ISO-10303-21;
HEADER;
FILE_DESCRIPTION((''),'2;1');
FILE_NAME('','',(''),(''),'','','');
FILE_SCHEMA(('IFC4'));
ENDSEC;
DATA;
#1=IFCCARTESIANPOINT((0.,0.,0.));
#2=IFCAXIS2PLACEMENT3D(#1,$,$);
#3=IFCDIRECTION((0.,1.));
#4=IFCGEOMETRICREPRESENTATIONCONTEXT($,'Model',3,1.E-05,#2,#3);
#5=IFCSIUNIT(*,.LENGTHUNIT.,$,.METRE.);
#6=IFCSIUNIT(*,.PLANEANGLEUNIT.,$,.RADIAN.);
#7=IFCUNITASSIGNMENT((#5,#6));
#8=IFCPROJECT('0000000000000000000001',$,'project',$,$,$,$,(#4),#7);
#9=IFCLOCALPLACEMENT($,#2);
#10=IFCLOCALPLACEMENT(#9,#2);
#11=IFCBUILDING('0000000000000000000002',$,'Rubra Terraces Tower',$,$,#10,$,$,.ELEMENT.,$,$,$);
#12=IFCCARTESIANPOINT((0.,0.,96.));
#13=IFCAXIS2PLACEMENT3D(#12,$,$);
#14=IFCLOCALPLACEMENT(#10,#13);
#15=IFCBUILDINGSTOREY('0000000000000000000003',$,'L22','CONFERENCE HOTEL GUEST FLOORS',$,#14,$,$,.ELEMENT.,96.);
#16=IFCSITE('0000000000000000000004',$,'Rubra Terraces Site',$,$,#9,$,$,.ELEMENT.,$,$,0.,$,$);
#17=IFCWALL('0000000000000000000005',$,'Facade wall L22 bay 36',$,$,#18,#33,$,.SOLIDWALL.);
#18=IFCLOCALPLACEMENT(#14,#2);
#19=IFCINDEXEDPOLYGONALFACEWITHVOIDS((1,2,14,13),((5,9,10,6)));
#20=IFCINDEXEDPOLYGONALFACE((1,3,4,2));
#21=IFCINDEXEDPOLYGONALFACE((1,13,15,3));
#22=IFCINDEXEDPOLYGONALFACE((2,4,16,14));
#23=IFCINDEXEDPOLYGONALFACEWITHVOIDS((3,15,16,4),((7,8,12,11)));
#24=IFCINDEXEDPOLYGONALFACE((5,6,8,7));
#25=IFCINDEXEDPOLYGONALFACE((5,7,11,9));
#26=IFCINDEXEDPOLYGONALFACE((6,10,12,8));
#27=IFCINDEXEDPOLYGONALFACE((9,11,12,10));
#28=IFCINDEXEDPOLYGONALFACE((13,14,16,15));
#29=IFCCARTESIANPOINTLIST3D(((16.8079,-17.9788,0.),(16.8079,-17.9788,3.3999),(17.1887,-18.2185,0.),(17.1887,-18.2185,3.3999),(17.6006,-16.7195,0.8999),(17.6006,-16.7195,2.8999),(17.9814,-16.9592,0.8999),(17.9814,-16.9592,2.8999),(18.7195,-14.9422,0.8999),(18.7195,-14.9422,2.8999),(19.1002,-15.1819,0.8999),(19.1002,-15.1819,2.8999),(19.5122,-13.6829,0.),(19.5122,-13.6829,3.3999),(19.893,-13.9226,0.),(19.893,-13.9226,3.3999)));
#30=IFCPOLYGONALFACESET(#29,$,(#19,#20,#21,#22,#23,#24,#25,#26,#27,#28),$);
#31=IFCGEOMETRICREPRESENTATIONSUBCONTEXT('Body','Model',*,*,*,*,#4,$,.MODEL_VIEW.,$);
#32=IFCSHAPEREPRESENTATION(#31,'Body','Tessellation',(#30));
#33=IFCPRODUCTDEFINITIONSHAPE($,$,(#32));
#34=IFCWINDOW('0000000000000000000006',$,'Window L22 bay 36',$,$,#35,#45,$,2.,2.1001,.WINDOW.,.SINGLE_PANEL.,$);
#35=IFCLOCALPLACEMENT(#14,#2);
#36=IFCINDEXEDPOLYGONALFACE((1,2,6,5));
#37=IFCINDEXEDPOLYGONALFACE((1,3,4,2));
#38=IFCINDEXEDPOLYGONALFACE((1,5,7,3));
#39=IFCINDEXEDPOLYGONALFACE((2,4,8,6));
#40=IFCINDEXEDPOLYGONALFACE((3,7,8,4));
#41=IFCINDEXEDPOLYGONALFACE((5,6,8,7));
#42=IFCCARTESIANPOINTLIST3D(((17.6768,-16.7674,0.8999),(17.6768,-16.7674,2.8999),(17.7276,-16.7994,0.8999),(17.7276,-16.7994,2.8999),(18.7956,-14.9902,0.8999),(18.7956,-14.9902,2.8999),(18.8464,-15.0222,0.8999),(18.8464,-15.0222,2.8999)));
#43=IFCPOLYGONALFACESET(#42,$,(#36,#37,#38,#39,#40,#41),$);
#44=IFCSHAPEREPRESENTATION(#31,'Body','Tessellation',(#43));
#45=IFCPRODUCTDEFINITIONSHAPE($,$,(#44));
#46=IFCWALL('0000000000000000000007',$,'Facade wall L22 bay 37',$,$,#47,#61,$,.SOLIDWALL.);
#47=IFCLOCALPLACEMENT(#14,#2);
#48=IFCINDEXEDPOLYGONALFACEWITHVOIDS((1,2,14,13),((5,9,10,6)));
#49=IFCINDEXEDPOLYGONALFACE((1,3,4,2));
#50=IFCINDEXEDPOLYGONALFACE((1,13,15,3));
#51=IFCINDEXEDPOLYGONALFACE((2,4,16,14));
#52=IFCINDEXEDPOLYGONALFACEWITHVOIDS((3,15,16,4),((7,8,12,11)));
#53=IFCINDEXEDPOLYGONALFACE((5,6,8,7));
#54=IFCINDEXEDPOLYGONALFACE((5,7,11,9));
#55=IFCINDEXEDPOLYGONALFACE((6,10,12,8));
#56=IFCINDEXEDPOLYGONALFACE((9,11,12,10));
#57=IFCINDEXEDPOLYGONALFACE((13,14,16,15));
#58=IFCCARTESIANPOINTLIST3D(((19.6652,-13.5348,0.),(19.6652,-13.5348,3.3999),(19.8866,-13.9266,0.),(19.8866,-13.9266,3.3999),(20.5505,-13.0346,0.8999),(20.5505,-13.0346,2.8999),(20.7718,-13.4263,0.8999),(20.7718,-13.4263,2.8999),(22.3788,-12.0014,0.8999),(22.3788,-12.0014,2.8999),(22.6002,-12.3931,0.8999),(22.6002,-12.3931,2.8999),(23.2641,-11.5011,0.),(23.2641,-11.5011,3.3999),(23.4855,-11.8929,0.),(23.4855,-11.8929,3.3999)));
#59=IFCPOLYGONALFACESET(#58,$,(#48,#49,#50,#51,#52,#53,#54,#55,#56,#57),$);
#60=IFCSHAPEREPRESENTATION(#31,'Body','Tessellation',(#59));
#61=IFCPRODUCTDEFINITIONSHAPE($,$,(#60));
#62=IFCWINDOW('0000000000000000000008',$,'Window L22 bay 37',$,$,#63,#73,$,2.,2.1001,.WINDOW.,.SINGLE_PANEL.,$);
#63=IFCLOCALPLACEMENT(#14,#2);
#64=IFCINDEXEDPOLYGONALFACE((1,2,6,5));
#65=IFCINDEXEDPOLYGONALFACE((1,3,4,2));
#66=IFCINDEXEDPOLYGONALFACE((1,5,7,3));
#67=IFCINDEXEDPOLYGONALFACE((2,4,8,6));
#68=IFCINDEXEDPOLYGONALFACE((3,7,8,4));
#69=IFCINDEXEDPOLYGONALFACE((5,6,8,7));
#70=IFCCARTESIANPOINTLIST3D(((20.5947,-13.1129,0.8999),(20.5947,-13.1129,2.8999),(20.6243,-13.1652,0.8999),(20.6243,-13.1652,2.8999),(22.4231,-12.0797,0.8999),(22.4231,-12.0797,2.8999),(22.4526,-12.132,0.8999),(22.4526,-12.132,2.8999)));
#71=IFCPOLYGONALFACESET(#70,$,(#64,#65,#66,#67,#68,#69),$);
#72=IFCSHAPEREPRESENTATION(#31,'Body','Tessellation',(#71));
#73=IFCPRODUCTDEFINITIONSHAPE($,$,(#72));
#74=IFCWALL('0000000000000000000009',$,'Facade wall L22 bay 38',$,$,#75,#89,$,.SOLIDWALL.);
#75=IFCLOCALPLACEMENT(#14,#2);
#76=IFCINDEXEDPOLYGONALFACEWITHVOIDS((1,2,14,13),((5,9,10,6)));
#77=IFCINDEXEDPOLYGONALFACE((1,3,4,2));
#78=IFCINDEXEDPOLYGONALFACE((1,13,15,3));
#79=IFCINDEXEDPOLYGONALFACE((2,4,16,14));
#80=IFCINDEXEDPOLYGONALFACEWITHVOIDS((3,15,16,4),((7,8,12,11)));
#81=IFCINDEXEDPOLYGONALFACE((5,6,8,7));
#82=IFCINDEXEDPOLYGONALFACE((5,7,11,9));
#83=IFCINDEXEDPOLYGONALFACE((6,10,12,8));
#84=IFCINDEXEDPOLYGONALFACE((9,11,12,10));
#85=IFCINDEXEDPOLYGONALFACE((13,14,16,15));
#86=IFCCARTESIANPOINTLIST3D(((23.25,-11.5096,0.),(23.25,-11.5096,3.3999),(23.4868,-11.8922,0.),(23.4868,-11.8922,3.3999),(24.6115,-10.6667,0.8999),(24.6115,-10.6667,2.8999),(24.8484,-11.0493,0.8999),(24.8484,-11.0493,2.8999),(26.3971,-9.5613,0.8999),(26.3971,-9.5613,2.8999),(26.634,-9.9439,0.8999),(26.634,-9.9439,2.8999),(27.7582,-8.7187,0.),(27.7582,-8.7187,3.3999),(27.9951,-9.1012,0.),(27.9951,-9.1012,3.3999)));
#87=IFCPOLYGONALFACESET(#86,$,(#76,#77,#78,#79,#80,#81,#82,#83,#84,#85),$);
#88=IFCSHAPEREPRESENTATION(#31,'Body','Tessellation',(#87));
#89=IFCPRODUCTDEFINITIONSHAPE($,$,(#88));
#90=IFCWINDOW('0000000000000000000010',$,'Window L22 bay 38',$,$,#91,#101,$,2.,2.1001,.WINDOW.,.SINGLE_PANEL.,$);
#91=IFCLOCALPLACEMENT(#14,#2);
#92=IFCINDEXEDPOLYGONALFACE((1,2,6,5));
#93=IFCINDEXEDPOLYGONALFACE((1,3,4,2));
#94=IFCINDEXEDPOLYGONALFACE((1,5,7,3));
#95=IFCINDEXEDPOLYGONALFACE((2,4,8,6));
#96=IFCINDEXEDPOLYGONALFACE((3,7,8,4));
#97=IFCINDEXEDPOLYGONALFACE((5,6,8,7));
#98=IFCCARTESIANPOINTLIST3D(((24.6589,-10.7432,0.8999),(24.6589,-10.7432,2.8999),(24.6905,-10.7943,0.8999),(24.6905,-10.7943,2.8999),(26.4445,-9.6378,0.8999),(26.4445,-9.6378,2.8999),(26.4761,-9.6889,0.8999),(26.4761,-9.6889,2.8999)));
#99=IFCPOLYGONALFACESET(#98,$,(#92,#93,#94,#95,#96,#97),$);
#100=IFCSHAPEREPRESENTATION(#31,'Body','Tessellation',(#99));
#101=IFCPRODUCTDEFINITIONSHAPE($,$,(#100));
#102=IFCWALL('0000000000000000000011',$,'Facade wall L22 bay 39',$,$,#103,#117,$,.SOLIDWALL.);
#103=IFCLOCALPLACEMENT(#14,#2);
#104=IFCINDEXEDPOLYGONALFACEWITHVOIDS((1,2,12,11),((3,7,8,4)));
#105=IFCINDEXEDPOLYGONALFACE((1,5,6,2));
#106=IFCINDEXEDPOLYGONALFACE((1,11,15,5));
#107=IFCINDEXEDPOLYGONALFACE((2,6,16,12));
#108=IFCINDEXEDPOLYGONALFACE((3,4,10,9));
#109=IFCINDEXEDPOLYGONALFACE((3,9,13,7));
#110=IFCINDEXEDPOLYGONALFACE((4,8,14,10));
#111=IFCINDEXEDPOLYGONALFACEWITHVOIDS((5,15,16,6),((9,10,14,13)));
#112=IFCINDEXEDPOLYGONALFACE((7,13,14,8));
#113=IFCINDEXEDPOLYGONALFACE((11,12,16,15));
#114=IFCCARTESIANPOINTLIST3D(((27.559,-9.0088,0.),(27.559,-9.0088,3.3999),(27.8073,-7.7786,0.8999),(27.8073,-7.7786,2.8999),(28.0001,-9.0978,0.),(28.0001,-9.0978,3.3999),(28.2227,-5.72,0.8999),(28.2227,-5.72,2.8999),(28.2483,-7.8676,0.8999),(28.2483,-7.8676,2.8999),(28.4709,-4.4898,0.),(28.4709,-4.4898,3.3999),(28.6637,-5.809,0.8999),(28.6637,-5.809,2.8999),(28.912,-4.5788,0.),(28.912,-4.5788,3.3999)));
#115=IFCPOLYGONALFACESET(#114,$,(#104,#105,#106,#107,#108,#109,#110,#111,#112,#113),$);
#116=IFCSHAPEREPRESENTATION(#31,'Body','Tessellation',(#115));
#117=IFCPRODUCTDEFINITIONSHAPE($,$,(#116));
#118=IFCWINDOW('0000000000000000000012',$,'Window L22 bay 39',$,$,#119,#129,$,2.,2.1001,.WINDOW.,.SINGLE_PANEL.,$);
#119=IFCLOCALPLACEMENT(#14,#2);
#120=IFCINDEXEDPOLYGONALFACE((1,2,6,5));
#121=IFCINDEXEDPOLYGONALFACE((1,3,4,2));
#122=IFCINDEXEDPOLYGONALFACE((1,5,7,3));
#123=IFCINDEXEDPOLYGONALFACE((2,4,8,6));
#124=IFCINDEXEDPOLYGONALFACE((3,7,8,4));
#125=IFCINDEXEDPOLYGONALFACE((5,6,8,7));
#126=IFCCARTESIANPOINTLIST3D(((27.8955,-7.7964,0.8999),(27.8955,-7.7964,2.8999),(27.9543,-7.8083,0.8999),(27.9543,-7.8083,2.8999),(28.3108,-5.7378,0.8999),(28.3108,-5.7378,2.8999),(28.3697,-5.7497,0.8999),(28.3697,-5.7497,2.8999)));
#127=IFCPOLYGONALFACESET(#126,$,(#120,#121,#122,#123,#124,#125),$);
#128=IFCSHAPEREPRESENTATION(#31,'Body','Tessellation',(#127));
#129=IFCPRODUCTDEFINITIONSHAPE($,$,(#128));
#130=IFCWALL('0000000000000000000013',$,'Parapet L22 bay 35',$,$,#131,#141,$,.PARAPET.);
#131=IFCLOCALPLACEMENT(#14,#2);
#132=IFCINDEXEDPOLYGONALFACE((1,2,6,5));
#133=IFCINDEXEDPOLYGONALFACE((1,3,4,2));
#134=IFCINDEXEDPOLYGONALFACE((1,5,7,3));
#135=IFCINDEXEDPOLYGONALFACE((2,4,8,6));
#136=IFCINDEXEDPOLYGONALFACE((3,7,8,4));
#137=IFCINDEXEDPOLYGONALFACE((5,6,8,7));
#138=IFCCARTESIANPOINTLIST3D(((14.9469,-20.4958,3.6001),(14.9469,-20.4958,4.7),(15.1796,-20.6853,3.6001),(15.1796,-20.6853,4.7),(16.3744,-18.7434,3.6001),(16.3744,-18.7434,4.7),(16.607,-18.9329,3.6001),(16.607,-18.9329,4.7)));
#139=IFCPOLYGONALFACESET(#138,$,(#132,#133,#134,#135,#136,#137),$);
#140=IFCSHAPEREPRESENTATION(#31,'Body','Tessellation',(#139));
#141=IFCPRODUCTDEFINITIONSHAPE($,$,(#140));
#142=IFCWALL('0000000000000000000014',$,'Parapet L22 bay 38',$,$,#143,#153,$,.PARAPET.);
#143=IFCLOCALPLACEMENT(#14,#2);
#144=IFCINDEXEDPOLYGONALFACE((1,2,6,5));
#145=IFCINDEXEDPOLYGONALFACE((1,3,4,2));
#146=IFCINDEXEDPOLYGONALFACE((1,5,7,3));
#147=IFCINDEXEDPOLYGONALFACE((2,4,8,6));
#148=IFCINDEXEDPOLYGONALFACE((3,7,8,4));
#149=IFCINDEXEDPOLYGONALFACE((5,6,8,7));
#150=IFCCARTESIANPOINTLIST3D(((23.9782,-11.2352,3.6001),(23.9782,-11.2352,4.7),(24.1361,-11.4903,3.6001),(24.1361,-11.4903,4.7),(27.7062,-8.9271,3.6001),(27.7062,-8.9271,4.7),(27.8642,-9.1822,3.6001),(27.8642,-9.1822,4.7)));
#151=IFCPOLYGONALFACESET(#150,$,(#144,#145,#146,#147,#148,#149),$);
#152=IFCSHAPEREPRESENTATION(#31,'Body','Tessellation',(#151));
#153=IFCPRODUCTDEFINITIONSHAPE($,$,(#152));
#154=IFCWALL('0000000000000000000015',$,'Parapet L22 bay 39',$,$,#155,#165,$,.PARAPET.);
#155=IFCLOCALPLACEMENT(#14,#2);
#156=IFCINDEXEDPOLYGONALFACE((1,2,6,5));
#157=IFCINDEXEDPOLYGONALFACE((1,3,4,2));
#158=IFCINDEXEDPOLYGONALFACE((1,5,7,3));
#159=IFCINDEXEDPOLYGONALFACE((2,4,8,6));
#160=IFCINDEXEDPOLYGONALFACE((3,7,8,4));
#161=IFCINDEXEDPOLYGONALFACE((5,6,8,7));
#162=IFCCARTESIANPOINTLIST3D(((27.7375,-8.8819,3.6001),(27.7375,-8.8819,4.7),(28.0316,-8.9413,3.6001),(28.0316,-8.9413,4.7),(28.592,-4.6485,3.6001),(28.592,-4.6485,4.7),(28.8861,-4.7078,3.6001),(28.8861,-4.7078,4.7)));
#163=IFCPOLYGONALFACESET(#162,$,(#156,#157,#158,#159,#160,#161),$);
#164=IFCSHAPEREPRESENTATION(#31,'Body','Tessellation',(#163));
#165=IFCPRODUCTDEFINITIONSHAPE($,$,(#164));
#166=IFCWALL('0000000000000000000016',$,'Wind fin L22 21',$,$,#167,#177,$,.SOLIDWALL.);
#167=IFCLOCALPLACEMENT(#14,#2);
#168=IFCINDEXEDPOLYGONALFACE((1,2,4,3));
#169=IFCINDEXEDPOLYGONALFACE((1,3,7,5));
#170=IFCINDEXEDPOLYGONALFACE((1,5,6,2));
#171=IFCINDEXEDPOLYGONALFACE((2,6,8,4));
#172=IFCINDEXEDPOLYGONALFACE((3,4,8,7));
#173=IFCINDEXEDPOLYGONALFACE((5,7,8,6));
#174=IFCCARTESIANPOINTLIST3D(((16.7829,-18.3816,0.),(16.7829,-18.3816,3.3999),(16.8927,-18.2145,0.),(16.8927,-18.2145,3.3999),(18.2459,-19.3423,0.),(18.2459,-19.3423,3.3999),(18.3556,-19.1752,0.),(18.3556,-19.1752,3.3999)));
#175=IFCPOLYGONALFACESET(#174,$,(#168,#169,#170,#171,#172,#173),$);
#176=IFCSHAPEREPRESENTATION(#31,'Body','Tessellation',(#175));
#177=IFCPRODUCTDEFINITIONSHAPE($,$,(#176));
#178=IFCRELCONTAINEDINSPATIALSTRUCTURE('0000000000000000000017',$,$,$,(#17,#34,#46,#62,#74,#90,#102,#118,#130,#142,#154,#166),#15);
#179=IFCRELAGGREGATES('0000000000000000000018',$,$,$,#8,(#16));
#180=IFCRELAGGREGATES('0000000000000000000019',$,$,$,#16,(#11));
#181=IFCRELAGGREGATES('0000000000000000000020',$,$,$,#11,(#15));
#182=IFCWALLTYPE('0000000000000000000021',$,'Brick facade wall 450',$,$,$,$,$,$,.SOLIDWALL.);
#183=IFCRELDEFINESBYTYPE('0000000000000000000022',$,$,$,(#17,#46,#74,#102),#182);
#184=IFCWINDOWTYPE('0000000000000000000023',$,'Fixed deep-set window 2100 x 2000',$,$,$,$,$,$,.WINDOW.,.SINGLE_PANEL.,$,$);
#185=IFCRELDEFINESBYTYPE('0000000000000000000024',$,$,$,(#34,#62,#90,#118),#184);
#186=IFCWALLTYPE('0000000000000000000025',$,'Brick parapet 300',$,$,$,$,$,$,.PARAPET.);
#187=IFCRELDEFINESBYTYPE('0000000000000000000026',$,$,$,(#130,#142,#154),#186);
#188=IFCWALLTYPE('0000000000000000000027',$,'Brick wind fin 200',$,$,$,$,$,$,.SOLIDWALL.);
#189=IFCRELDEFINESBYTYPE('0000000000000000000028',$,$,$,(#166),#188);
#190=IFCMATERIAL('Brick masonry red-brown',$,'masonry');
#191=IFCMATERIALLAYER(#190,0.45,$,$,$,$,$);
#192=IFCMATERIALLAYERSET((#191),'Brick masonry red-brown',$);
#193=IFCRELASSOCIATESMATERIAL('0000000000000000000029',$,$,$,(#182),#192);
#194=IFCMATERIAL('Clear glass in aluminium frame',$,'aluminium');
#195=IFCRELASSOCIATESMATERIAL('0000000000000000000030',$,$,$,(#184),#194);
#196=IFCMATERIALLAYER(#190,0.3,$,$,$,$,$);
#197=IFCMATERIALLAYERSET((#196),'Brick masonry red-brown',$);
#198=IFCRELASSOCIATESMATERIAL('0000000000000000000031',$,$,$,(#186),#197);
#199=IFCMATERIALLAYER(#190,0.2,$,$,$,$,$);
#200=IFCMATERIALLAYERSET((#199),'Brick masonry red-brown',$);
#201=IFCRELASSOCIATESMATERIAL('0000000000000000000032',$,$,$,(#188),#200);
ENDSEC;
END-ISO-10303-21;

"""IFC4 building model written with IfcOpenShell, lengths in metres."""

from ifc_helpers import new_model, si_unit, direction, frame, frame_2d, origin, place, context, subcontext, project, spatial, rectangle, extrude, material, layer, layer_set, type_object, element, fill, save


model = new_model("IFC4")

# Units and contexts
model_context = context("Model", 3, precision=1e-05, world=origin(), true_north=direction((0.0, 1.0)))
body_context = subcontext(model_context, "Body", "Model", "MODEL_VIEW")
ifc_project = project(units=[si_unit("LENGTHUNIT", "METRE"), si_unit("PLANEANGLEUNIT", "RADIAN")], contexts=[model_context])

# Site, building, storey
site_placement = place(None, origin())
site = spatial("IfcSite", under=ifc_project, at=site_placement, Name="Rubra Terraces Site", CompositionType="ELEMENT", RefElevation=0.0)
building_placement = place(site_placement, origin())
building = spatial("IfcBuilding", under=site, at=building_placement, Name="Rubra Terraces Tower", CompositionType="ELEMENT")
storey_placement = place(building_placement, frame((0.0, 0.0, 96.0)))
storey = spatial("IfcBuildingStorey", under=building, at=storey_placement, Name="L22", Description="CONFERENCE HOTEL GUEST FLOORS", CompositionType="ELEMENT", Elevation=96.0)

# Walls, openings, windows
ifc_material_1 = material(Name="Brick masonry red-brown", Category="masonry")
ifc_layer_1 = layer(ifc_material_1, 0.45)
ifc_layer_set_1 = layer_set([ifc_layer_1], Name="Brick masonry red-brown")
wall_type_1 = type_object("IfcWallType", Name="Brick facade wall 450", PredefinedType="SOLIDWALL", material=ifc_layer_set_1)
wall_1_placement = place(storey_placement, frame((16.9983, -18.0986, 0.0), z_axis=(0.0, 0.0, 1.0), x_axis=(0.532746, 0.846275, 0.0)))
wall_1 = element("IfcWall", 1, at=wall_1_placement, inside=storey, type_object=wall_type_1, Name="Facade wall L22 bay 36", PredefinedType="SOLIDWALL", context=body_context, shape_type="SweptSolid", body=[
    extrude(rectangle(XDim=5.0762, YDim=0.45, at=frame_2d((2.5381, 0.0))), origin(), (0.0, 0.0, 1.0), 3.3999),
])
opening_1_placement = place(wall_1_placement, frame((1.488, 0.0, 0.8999)))
opening_1 = element("IfcOpeningElement", 2, at=opening_1_placement, cuts=wall_1, PredefinedType="OPENING", context=body_context, shape_type="SweptSolid", body=[
    extrude(rectangle(XDim=2.1001, YDim=2.0, at=frame_2d((1.05, 1.0))), frame((0.0, 0.2349, 0.0), z_axis=(0.0, -1.0, 0.0), x_axis=(1.0, 0.0, 0.0)), (0.0, 0.0, 1.0), 0.47),
])
ifc_material_2 = material(Name="Clear glass in aluminium frame", Category="aluminium")
window_type = type_object("IfcWindowType", Name="Fixed deep-set window 2100 x 2000", PartitioningType="SINGLE_PANEL", PredefinedType="WINDOW", material=ifc_material_2)
window_1_placement = place(opening_1_placement, origin())
window_1 = element("IfcWindow", 3, at=window_1_placement, inside=storey, type_object=window_type, Name="Window L22 bay 36", OverallHeight=2.0, OverallWidth=2.1001, PartitioningType="SINGLE_PANEL", PredefinedType="WINDOW", context=body_context, shape_type="SweptSolid", body=[
    extrude(rectangle(XDim=2.1001, YDim=2.0, at=frame_2d((1.05, 1.0))), frame((0.0, 0.135, 0.0), z_axis=(0.0, -1.0, 0.0), x_axis=(1.0, 0.0, 0.0)), (0.0, 0.0, 1.0), 0.0601),
])
fill(opening_1, window_1)
wall_2_placement = place(storey_placement, frame((19.7759, -13.7307, 0.0), z_axis=(0.0, 0.0, 1.0), x_axis=(0.87061, 0.491974, 0.0)))
wall_2 = element("IfcWall", 4, at=wall_2_placement, inside=storey, type_object=wall_type_1, Name="Facade wall L22 bay 37", PredefinedType="SOLIDWALL", context=body_context, shape_type="SweptSolid", body=[
    extrude(rectangle(XDim=4.1338, YDim=0.45, at=frame_2d((2.0669, 0.0))), origin(), (0.0, 0.0, 1.0), 3.3999),
])
opening_2_placement = place(wall_2_placement, frame((1.0168, 0.0, 0.8999)))
opening_2 = element("IfcOpeningElement", 5, at=opening_2_placement, cuts=wall_2, PredefinedType="OPENING", context=body_context, shape_type="SweptSolid", body=[
    extrude(rectangle(XDim=2.1001, YDim=2.0, at=frame_2d((1.05, 1.0))), frame((0.0, 0.2349, 0.0), z_axis=(0.0, -1.0, 0.0), x_axis=(1.0, 0.0, 0.0)), (0.0, 0.0, 1.0), 0.47),
])
window_2_placement = place(opening_2_placement, origin())
window_2 = element("IfcWindow", 6, at=window_2_placement, inside=storey, type_object=window_type, Name="Window L22 bay 37", OverallHeight=2.0, OverallWidth=2.1001, PartitioningType="SINGLE_PANEL", PredefinedType="WINDOW", context=body_context, shape_type="SweptSolid", body=[
    extrude(rectangle(XDim=2.1001, YDim=2.0, at=frame_2d((1.05, 1.0))), frame((0.0, 0.135, 0.0), z_axis=(0.0, -1.0, 0.0), x_axis=(1.0, 0.0, 0.0)), (0.0, 0.0, 1.0), 0.0601),
])
fill(opening_2, window_2)
wall_3_placement = place(storey_placement, frame((23.3684, -11.7009, 0.0), z_axis=(0.0, 0.0, 1.0), x_axis=(0.850251, 0.526377, 0.0)))
wall_3 = element("IfcWall", 7, at=wall_3_placement, inside=storey, type_object=wall_type_1, Name="Facade wall L22 bay 38", PredefinedType="SOLIDWALL", context=body_context, shape_type="SweptSolid", body=[
    extrude(rectangle(XDim=5.3022, YDim=0.45, at=frame_2d((2.6511, 0.0))), origin(), (0.0, 0.0, 1.0), 3.3999),
])
opening_3_placement = place(wall_3_placement, frame((1.6013, 0.0, 0.8999)))
opening_3 = element("IfcOpeningElement", 8, at=opening_3_placement, cuts=wall_3, PredefinedType="OPENING", context=body_context, shape_type="SweptSolid", body=[
    extrude(rectangle(XDim=2.1001, YDim=2.0, at=frame_2d((1.05, 1.0))), frame((0.0, 0.2349, 0.0), z_axis=(0.0, -1.0, 0.0), x_axis=(1.0, 0.0, 0.0)), (0.0, 0.0, 1.0), 0.47),
])
window_3_placement = place(opening_3_placement, origin())
window_3 = element("IfcWindow", 9, at=window_3_placement, inside=storey, type_object=window_type, Name="Window L22 bay 38", OverallHeight=2.0, OverallWidth=2.1001, PartitioningType="SINGLE_PANEL", PredefinedType="WINDOW", context=body_context, shape_type="SweptSolid", body=[
    extrude(rectangle(XDim=2.1001, YDim=2.0, at=frame_2d((1.05, 1.0))), frame((0.0, 0.135, 0.0), z_axis=(0.0, -1.0, 0.0), x_axis=(1.0, 0.0, 0.0)), (0.0, 0.0, 1.0), 0.0601),
])
fill(opening_3, window_3)
wall_4_placement = place(storey_placement, frame((27.7795, -9.0535, 0.0), z_axis=(0.0, 0.0, 1.0), x_axis=(0.197796, 0.980243, 0.0)))
wall_4 = element("IfcWall", 10, at=wall_4_placement, inside=storey, type_object=wall_type_1, Name="Facade wall L22 bay 39", PredefinedType="SOLIDWALL", context=body_context, shape_type="SweptSolid", body=[
    extrude(rectangle(XDim=4.6101, YDim=0.45, at=frame_2d((2.3052, 0.0))), origin(), (0.0, 0.0, 1.0), 3.3999),
])
opening_4_placement = place(wall_4_placement, frame((1.2551, 0.0, 0.8999)))
opening_4 = element("IfcOpeningElement", 11, at=opening_4_placement, cuts=wall_4, PredefinedType="OPENING", context=body_context, shape_type="SweptSolid", body=[
    extrude(rectangle(XDim=2.1001, YDim=2.0, at=frame_2d((1.05, 1.0))), frame((0.0, 0.2349, 0.0), z_axis=(0.0, -1.0, 0.0), x_axis=(1.0, 0.0, 0.0)), (0.0, 0.0, 1.0), 0.47),
])
window_4_placement = place(opening_4_placement, origin())
window_4 = element("IfcWindow", 12, at=window_4_placement, inside=storey, type_object=window_type, Name="Window L22 bay 39", OverallHeight=2.0, OverallWidth=2.1001, PartitioningType="SINGLE_PANEL", PredefinedType="WINDOW", context=body_context, shape_type="SweptSolid", body=[
    extrude(rectangle(XDim=2.1001, YDim=2.0, at=frame_2d((1.05, 1.0))), frame((0.0, 0.135, 0.0), z_axis=(0.0, -1.0, 0.0), x_axis=(1.0, 0.0, 0.0)), (0.0, 0.0, 1.0), 0.0601),
])
fill(opening_4, window_4)

# Walls
ifc_layer_2 = layer(ifc_material_1, 0.3)
ifc_layer_set_2 = layer_set([ifc_layer_2], Name="Brick masonry red-brown")
wall_type_2 = type_object("IfcWallType", Name="Brick parapet 300", PredefinedType="PARAPET", material=ifc_layer_set_2)
wall_5_placement = place(storey_placement, frame((15.0632, -20.5906, 3.6001), z_axis=(0.0, 0.0, 1.0), x_axis=(0.63156, 0.775327, 0.0)))
element("IfcWall", 13, at=wall_5_placement, inside=storey, type_object=wall_type_2, Name="Parapet L22 bay 35", PredefinedType="PARAPET", context=body_context, shape_type="SweptSolid", body=[
    extrude(rectangle(XDim=2.2603, YDim=0.3, at=frame_2d((1.1301, 0.0))), origin(), (0.0, 0.0, 1.0), 1.0999),
])
wall_6_placement = place(storey_placement, frame((24.0571, -11.3628, 3.6001), z_axis=(0.0, 0.0, 1.0), x_axis=(0.850237, 0.526401, 0.0)))
element("IfcWall", 14, at=wall_6_placement, inside=storey, type_object=wall_type_2, Name="Parapet L22 bay 38", PredefinedType="PARAPET", context=body_context, shape_type="SweptSolid", body=[
    extrude(rectangle(XDim=4.3848, YDim=0.3, at=frame_2d((2.1924, 0.0))), origin(), (0.0, 0.0, 1.0), 1.0999),
])
wall_7_placement = place(storey_placement, frame((27.8845, -8.9116, 3.6001), z_axis=(0.0, 0.0, 1.0), x_axis=(0.197855, 0.980231, 0.0)))
element("IfcWall", 15, at=wall_7_placement, inside=storey, type_object=wall_type_2, Name="Parapet L22 bay 39", PredefinedType="PARAPET", context=body_context, shape_type="SweptSolid", body=[
    extrude(rectangle(XDim=4.3188, YDim=0.3, at=frame_2d((2.1594, 0.0))), origin(), (0.0, 0.0, 1.0), 1.0999),
])
ifc_layer_3 = layer(ifc_material_1, 0.2)
ifc_layer_set_3 = layer_set([ifc_layer_3], Name="Brick masonry red-brown")
wall_type_3 = type_object("IfcWallType", Name="Brick wind fin 200", PredefinedType="SOLIDWALL", material=ifc_layer_set_3)
wall_8_placement = place(storey_placement, frame((16.8379, -18.2981, 0.0), z_axis=(0.0, 0.0, 1.0), x_axis=(0.835872, -0.548925, 0.0)))
element("IfcWall", 16, at=wall_8_placement, inside=storey, type_object=wall_type_3, Name="Wind fin L22 21", PredefinedType="SOLIDWALL", context=body_context, shape_type="SweptSolid", body=[
    extrude(rectangle(XDim=1.7502, YDim=0.2, at=frame_2d((0.875, 0.0))), origin(), (0.0, 0.0, 1.0), 3.3999),
])

save(model, "model.ifc")
